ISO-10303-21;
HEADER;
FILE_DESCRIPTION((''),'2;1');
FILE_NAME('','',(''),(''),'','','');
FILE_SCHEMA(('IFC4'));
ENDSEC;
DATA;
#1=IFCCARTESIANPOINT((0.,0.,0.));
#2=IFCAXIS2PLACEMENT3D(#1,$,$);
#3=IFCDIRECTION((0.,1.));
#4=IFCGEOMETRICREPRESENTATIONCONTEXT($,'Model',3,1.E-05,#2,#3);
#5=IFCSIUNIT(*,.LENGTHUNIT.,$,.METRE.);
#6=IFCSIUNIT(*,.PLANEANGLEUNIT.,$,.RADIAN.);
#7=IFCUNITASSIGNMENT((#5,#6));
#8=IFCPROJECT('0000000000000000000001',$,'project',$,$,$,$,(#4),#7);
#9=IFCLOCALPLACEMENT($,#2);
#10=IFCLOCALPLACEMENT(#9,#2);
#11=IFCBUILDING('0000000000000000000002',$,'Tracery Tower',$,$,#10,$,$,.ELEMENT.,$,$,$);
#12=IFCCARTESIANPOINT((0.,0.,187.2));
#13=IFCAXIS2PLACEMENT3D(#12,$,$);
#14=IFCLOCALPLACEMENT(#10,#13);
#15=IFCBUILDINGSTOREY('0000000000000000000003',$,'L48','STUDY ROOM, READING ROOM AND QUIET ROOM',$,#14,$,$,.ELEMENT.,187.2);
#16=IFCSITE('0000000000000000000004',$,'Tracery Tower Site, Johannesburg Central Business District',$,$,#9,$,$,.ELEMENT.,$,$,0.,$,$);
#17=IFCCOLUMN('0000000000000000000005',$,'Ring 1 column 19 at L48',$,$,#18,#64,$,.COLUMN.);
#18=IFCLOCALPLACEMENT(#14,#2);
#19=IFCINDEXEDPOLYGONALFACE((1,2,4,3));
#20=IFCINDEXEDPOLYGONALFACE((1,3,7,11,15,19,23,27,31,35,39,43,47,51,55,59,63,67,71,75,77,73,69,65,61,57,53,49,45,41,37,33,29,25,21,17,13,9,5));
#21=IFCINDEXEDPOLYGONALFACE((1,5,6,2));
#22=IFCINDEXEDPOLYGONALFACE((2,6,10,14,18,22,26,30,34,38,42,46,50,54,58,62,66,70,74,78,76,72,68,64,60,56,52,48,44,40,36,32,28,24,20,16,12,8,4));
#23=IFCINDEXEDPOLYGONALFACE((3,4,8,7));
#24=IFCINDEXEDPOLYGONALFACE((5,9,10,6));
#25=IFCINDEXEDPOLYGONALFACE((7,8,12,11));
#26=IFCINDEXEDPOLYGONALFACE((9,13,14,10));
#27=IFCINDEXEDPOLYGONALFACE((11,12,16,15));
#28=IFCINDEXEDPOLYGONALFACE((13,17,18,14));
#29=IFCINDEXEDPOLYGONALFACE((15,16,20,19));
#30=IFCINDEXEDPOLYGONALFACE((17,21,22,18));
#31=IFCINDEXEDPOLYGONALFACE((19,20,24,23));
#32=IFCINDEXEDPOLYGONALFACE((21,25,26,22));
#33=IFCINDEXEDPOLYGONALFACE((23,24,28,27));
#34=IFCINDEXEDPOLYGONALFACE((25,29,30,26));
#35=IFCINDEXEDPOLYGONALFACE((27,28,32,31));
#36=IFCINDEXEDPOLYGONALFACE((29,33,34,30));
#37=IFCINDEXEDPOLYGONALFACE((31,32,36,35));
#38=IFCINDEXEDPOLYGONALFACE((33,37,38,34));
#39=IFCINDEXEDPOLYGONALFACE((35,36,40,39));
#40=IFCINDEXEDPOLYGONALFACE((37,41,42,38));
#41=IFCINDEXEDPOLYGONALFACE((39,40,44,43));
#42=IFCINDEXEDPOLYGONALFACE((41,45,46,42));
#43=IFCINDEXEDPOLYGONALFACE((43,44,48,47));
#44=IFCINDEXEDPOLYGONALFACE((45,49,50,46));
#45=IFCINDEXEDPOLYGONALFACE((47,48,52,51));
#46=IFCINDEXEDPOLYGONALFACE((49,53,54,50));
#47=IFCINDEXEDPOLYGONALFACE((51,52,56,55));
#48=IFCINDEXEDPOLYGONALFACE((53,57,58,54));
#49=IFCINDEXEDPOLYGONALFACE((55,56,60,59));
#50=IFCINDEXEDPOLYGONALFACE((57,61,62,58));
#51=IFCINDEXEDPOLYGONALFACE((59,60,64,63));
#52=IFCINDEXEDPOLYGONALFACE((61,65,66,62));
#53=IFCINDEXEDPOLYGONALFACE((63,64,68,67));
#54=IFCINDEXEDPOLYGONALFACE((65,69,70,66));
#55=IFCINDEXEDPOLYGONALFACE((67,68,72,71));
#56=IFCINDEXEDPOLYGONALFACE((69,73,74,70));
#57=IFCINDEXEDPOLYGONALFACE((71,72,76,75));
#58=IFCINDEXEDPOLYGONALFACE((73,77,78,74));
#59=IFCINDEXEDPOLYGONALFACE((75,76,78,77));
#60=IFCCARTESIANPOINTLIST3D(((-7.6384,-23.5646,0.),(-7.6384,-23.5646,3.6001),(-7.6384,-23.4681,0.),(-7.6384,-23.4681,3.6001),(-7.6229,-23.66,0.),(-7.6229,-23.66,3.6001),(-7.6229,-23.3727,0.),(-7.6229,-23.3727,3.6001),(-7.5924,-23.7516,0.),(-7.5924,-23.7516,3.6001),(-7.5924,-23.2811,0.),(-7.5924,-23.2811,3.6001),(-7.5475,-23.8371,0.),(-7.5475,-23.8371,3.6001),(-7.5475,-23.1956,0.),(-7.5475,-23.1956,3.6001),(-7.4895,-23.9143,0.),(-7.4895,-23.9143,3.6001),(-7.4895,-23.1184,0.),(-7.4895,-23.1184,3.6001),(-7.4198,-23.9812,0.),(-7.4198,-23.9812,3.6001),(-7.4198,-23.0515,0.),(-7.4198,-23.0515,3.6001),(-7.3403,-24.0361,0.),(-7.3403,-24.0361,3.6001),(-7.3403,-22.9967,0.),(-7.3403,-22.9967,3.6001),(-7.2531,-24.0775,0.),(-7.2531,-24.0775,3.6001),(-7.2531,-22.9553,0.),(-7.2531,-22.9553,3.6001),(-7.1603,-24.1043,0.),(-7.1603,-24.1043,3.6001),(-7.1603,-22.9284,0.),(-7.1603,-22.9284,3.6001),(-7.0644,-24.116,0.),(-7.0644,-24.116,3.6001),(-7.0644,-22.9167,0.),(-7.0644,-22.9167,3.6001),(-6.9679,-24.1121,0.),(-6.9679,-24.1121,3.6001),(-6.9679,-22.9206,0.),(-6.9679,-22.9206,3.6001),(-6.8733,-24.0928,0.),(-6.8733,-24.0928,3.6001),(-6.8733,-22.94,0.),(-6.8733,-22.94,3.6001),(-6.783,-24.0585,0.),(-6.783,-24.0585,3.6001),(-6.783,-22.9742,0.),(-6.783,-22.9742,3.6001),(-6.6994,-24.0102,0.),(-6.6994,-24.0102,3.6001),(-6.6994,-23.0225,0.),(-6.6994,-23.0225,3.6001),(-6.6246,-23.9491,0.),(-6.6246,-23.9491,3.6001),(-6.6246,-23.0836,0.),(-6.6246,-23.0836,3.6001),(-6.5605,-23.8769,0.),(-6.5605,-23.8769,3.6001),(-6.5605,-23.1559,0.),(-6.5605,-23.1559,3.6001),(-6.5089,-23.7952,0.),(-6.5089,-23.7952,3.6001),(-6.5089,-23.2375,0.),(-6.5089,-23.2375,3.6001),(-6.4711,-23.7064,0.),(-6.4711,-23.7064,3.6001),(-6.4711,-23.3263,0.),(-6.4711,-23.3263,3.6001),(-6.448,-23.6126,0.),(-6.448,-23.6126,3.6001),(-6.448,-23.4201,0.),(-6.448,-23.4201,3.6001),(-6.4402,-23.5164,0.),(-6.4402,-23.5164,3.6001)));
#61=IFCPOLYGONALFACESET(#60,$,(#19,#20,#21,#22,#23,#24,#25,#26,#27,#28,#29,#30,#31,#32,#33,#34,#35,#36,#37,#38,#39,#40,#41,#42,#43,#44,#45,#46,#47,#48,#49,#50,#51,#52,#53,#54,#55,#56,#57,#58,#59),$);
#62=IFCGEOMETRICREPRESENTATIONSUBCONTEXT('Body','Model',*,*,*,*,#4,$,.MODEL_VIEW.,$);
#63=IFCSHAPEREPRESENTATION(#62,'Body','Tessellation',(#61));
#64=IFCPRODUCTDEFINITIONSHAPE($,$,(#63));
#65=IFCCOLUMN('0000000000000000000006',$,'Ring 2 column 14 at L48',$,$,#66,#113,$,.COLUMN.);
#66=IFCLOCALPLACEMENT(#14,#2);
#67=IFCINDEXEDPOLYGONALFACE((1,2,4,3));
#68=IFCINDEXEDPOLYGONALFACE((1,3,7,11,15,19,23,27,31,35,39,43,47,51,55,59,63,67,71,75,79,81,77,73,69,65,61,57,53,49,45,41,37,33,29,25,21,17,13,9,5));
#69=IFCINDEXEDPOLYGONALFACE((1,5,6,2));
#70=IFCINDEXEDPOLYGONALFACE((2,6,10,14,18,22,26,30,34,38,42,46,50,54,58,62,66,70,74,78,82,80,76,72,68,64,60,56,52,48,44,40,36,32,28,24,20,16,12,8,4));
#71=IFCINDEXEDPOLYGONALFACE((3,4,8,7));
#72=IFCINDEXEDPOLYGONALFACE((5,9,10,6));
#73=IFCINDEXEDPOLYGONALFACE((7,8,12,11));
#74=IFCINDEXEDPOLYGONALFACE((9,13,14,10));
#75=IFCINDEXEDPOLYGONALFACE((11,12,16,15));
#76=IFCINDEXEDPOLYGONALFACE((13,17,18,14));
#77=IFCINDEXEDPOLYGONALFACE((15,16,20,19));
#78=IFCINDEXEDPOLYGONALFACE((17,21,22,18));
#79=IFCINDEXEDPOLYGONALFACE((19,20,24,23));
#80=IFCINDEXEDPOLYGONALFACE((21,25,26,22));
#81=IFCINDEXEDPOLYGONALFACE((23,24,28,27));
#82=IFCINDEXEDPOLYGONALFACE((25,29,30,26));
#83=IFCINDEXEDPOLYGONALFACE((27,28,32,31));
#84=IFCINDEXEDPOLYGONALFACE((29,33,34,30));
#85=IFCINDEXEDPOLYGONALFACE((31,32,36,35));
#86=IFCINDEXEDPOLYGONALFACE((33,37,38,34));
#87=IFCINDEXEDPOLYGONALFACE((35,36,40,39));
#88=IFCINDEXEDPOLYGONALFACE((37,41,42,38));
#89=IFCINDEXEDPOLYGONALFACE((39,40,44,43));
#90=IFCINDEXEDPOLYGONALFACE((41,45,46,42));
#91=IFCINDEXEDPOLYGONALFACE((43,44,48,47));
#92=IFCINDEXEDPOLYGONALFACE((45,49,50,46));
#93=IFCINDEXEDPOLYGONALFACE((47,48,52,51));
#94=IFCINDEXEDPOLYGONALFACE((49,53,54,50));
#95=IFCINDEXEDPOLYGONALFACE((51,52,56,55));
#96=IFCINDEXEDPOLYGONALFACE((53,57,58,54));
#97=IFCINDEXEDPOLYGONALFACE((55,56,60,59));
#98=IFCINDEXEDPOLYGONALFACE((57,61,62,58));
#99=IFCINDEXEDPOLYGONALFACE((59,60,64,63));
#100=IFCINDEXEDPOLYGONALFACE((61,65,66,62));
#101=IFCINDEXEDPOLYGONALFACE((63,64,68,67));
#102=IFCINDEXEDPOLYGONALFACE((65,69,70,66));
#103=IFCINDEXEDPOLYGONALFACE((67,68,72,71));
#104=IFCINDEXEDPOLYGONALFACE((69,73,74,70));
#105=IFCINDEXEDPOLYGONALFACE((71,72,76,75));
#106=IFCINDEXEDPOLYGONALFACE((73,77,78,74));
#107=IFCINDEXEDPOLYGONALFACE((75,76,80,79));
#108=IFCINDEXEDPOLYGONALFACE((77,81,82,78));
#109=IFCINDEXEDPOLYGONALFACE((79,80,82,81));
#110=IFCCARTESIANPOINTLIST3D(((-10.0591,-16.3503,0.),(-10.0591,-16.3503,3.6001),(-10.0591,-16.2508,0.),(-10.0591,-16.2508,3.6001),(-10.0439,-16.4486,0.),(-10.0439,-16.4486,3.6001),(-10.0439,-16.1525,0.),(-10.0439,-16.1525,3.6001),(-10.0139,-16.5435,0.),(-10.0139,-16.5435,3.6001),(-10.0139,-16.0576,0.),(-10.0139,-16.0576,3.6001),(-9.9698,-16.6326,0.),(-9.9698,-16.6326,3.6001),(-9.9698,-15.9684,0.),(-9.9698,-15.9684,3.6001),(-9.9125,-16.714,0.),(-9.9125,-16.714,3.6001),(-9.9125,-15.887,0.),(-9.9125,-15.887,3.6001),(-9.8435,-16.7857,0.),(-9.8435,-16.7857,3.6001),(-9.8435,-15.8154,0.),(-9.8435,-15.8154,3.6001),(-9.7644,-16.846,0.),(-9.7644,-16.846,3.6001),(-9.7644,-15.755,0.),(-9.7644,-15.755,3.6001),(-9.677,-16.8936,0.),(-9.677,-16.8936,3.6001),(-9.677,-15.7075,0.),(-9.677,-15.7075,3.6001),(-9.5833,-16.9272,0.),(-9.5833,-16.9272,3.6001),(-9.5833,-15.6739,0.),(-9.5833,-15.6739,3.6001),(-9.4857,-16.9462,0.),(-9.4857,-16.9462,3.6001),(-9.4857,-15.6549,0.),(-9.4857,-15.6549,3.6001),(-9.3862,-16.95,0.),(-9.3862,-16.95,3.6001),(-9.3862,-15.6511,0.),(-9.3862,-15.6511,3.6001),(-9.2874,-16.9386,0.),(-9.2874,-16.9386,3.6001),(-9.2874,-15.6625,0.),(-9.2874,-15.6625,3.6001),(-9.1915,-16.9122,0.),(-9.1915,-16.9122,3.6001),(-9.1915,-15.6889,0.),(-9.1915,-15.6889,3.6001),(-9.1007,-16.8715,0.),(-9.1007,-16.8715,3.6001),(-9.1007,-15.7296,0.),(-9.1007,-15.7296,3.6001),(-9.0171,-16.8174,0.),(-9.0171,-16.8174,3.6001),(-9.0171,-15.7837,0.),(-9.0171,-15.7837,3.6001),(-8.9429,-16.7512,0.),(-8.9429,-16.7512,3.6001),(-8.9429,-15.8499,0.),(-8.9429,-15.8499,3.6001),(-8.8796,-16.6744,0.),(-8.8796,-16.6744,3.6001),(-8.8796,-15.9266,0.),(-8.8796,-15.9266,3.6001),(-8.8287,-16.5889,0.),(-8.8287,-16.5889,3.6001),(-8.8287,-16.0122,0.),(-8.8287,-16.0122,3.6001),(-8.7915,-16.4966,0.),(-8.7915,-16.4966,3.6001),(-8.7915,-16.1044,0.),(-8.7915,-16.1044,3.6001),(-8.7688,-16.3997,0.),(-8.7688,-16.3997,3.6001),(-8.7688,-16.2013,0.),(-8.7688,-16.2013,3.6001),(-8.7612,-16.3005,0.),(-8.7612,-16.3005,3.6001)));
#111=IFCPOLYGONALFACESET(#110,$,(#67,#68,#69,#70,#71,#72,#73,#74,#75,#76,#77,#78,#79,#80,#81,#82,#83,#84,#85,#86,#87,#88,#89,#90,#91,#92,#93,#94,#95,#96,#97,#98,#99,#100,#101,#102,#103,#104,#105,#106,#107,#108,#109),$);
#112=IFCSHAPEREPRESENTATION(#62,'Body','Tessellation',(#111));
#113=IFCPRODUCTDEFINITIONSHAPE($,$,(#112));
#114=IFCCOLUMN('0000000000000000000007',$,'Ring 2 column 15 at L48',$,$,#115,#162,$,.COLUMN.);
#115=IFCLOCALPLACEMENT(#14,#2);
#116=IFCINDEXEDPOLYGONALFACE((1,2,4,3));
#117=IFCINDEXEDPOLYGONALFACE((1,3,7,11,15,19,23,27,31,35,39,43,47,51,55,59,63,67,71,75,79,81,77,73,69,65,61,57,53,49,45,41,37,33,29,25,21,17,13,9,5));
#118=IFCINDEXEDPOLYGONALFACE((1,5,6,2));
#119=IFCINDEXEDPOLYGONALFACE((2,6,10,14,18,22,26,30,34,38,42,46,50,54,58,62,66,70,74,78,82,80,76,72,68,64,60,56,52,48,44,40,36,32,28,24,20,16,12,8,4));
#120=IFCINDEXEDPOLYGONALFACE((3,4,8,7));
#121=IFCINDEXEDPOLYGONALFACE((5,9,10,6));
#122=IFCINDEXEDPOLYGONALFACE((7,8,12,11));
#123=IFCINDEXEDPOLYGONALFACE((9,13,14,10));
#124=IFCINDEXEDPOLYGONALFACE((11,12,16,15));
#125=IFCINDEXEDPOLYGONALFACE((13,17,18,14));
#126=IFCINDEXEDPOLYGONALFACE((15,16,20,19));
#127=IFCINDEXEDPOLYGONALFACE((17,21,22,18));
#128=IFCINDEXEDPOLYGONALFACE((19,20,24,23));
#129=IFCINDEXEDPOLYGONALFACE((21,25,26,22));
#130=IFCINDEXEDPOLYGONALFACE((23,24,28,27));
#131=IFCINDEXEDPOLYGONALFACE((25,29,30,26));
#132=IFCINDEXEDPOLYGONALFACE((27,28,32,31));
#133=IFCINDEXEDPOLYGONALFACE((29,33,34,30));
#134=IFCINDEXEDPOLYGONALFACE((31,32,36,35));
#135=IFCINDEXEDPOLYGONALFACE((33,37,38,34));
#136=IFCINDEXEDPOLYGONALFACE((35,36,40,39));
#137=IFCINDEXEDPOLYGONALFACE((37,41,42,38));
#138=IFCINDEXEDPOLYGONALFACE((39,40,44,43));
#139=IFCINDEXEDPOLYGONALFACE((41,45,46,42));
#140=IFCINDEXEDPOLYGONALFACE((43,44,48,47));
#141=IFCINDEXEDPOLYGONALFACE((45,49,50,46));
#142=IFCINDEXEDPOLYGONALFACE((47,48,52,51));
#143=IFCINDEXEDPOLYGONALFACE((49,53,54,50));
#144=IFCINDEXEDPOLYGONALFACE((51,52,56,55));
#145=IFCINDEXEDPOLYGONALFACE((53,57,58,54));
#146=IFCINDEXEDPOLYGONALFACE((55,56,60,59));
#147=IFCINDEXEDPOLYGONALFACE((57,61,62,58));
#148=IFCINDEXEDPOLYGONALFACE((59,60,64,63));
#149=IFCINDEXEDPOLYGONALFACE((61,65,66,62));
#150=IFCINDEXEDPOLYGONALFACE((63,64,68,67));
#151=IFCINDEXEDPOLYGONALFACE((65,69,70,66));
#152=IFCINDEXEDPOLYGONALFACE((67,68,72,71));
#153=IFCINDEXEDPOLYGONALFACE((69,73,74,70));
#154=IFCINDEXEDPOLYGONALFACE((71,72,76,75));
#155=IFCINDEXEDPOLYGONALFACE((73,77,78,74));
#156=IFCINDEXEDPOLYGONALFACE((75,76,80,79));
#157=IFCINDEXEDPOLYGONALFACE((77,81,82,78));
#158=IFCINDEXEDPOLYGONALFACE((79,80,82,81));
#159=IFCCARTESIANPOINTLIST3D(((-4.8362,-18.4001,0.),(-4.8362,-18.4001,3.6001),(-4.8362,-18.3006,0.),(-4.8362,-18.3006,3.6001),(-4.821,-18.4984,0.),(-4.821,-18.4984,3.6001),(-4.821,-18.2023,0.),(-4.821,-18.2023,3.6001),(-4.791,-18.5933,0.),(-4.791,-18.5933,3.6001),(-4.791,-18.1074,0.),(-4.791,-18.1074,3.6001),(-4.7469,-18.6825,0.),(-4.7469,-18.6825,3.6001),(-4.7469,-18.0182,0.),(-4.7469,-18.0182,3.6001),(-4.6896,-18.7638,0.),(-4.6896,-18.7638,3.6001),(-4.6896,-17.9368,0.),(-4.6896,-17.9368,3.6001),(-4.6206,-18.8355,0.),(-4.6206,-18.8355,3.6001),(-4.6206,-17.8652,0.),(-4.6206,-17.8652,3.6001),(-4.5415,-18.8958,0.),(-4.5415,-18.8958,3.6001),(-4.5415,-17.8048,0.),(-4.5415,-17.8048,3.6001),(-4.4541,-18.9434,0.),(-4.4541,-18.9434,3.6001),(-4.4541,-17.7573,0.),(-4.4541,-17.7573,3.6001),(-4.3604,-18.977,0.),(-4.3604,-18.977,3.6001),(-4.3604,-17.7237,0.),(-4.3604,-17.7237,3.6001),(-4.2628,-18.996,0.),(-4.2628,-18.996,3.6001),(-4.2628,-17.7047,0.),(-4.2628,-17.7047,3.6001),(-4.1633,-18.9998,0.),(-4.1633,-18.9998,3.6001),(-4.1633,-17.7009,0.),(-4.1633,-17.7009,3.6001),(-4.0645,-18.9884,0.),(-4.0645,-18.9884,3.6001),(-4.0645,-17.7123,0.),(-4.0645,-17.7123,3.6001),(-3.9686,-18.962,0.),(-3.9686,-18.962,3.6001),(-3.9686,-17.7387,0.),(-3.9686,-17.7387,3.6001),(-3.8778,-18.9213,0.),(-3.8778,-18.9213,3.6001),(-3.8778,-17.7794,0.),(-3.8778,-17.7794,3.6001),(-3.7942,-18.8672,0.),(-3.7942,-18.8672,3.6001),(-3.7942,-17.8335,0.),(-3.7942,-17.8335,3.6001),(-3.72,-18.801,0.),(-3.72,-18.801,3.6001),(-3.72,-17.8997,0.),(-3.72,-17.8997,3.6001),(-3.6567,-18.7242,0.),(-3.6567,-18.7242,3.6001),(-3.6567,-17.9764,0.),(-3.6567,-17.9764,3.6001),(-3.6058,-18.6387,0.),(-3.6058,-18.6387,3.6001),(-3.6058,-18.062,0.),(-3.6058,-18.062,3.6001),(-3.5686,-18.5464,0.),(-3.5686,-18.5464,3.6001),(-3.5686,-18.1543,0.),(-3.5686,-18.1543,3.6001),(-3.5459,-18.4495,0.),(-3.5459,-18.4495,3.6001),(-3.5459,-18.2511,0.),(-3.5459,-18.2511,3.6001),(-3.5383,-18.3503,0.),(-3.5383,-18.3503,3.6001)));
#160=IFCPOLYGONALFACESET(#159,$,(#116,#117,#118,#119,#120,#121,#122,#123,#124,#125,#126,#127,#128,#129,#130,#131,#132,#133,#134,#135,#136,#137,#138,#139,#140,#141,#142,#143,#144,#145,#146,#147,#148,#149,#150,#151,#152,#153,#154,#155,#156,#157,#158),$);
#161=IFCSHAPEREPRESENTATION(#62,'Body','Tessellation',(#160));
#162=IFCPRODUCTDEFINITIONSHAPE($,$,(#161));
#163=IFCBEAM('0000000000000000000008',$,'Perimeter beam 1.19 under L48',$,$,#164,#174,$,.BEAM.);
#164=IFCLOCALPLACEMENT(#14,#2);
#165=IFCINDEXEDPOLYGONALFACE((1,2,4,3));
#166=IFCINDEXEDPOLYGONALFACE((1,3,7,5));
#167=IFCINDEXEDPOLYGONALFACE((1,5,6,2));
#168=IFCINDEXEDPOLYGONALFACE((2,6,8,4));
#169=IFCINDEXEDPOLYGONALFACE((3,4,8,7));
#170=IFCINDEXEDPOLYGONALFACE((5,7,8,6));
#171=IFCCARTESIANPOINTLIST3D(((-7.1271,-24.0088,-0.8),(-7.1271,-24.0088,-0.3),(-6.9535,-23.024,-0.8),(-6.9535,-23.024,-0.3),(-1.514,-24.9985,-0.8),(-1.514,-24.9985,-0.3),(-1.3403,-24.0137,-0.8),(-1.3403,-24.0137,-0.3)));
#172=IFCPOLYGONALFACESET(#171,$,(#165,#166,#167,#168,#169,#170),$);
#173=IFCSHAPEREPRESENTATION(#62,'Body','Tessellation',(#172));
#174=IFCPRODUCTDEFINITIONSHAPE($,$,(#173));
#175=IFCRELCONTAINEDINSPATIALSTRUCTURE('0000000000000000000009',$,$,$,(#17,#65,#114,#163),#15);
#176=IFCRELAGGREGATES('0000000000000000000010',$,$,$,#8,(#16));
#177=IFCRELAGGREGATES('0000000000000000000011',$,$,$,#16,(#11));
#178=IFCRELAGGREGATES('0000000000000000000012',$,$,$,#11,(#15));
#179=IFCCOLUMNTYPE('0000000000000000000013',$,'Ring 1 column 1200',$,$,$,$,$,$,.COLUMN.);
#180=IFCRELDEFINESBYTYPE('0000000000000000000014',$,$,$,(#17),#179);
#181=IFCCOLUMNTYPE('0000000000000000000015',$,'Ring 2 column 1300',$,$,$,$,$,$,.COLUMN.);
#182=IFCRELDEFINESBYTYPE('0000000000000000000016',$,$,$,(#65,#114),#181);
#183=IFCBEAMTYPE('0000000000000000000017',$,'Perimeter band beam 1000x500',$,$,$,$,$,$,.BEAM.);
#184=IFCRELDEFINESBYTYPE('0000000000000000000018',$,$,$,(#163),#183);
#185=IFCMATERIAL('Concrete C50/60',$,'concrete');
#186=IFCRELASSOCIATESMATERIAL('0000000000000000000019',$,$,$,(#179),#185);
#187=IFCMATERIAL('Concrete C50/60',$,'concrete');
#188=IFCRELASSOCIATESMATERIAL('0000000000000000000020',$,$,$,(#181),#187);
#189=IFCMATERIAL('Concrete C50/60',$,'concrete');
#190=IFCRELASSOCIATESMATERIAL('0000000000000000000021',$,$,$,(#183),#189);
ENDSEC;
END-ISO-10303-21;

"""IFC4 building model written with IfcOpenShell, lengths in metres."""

from ifc_helpers import new_model, si_unit, direction, frame, origin, origin_2d, place, context, subcontext, project, spatial, rectangle, circle, extrude, material, material_profile, profile_set, type_object, element, save


model = new_model("IFC4")

# Units and contexts
model_context = context("Model", 3, precision=1e-05, world=origin(), true_north=direction((0.0, 1.0)))
body_context = subcontext(model_context, "Body", "Model", "MODEL_VIEW")
ifc_project = project(units=[si_unit("LENGTHUNIT", "METRE"), si_unit("PLANEANGLEUNIT", "RADIAN")], contexts=[model_context])

# Site, building, storey
site_placement = place(None, origin())
site = spatial("IfcSite", under=ifc_project, at=site_placement, Name="Tracery Tower Site, Johannesburg Central Business District", CompositionType="ELEMENT", RefElevation=0.0)
building_placement = place(site_placement, origin())
building = spatial("IfcBuilding", under=site, at=building_placement, Name="Tracery Tower", CompositionType="ELEMENT")
storey_placement = place(building_placement, frame((0.0, 0.0, 187.2)))
storey = spatial("IfcBuildingStorey", under=building, at=storey_placement, Name="L48", Description="STUDY ROOM, READING ROOM AND QUIET ROOM", CompositionType="ELEMENT", Elevation=187.2)

# Columns
ifc_material_1 = material(Name="Concrete C50/60", Category="concrete")
ifc_material_profile_1 = material_profile(ifc_material_1, circle(Radius=0.6001, at=origin_2d()), Name="RC D1200")
ifc_profile_set_1 = profile_set([ifc_material_profile_1], Name="Concrete C50/60")
column_type_1 = type_object("IfcColumnType", Name="Ring 1 column 1200", PredefinedType="COLUMN", material=ifc_profile_set_1)
column_placement = place(storey_placement, frame((-7.0403, -23.5164, 0.0), z_axis=(0.0, 0.0, 1.0), x_axis=(1.0, 0.0, 0.0)))
element("IfcColumn", 1, at=column_placement, inside=storey, type_object=column_type_1, Name="Ring 1 column 19 at L48", PredefinedType="COLUMN", context=body_context, shape_type="SweptSolid", body=[
    extrude(circle(Radius=0.6001, at=origin_2d()), origin(), (0.0, 0.0, 1.0), 3.6001),
])
ifc_material_2 = material(Name="Concrete C50/60", Category="concrete")
ifc_material_profile_2 = material_profile(ifc_material_2, circle(Radius=0.6499, at=origin_2d()), Name="RC D1300")
ifc_profile_set_2 = profile_set([ifc_material_profile_2], Name="Concrete C50/60")
column_type_2 = type_object("IfcColumnType", Name="Ring 2 column 1300", PredefinedType="COLUMN", material=ifc_profile_set_2)
for number, where, z_axis, x_axis, name in (
    (2, (-9.4111, -16.3005, 0.0), (0.0, 0.0, 1.0), (1.0, 0.0, 0.0), "Ring 2 column 14 at L48"),
    (3, (-4.1882, -18.3503, 0.0), (0.0, 0.0, 1.0), (1.0, 0.0, 0.0), "Ring 2 column 15 at L48"),
):
    element("IfcColumn", number, at=place(storey_placement, frame(where, z_axis=z_axis, x_axis=x_axis)), inside=storey, type_object=column_type_2, Name=name, PredefinedType="COLUMN", context=body_context, shape_type="SweptSolid", body=[
        extrude(circle(Radius=0.6499, at=origin_2d()), origin(), (0.0, 0.0, 1.0), 3.6001),
    ])

# Beam
ifc_material_3 = material(Name="Concrete C50/60", Category="concrete")
ifc_material_profile_3 = material_profile(ifc_material_3, rectangle(XDim=1.0, YDim=0.5, at=origin_2d()), Name="RC 1000x500")
ifc_profile_set_3 = profile_set([ifc_material_profile_3], Name="Concrete C50/60")
beam_type = type_object("IfcBeamType", Name="Perimeter band beam 1000x500", PredefinedType="BEAM", material=ifc_profile_set_3)
beam_placement = place(storey_placement, frame((-7.0403, -23.5164, -0.55), z_axis=(0.984807, -0.173651, 0.0), x_axis=(0.173651, 0.984807, 0.0)))
element("IfcBeam", 4, at=beam_placement, inside=storey, type_object=beam_type, Name="Perimeter beam 1.19 under L48", PredefinedType="BEAM", context=body_context, shape_type="SweptSolid", body=[
    extrude(rectangle(XDim=1.0, YDim=0.5, at=origin_2d()), origin(), (0.0, 0.0, 1.0), 5.6997),
])

save(model, "model.ifc")
